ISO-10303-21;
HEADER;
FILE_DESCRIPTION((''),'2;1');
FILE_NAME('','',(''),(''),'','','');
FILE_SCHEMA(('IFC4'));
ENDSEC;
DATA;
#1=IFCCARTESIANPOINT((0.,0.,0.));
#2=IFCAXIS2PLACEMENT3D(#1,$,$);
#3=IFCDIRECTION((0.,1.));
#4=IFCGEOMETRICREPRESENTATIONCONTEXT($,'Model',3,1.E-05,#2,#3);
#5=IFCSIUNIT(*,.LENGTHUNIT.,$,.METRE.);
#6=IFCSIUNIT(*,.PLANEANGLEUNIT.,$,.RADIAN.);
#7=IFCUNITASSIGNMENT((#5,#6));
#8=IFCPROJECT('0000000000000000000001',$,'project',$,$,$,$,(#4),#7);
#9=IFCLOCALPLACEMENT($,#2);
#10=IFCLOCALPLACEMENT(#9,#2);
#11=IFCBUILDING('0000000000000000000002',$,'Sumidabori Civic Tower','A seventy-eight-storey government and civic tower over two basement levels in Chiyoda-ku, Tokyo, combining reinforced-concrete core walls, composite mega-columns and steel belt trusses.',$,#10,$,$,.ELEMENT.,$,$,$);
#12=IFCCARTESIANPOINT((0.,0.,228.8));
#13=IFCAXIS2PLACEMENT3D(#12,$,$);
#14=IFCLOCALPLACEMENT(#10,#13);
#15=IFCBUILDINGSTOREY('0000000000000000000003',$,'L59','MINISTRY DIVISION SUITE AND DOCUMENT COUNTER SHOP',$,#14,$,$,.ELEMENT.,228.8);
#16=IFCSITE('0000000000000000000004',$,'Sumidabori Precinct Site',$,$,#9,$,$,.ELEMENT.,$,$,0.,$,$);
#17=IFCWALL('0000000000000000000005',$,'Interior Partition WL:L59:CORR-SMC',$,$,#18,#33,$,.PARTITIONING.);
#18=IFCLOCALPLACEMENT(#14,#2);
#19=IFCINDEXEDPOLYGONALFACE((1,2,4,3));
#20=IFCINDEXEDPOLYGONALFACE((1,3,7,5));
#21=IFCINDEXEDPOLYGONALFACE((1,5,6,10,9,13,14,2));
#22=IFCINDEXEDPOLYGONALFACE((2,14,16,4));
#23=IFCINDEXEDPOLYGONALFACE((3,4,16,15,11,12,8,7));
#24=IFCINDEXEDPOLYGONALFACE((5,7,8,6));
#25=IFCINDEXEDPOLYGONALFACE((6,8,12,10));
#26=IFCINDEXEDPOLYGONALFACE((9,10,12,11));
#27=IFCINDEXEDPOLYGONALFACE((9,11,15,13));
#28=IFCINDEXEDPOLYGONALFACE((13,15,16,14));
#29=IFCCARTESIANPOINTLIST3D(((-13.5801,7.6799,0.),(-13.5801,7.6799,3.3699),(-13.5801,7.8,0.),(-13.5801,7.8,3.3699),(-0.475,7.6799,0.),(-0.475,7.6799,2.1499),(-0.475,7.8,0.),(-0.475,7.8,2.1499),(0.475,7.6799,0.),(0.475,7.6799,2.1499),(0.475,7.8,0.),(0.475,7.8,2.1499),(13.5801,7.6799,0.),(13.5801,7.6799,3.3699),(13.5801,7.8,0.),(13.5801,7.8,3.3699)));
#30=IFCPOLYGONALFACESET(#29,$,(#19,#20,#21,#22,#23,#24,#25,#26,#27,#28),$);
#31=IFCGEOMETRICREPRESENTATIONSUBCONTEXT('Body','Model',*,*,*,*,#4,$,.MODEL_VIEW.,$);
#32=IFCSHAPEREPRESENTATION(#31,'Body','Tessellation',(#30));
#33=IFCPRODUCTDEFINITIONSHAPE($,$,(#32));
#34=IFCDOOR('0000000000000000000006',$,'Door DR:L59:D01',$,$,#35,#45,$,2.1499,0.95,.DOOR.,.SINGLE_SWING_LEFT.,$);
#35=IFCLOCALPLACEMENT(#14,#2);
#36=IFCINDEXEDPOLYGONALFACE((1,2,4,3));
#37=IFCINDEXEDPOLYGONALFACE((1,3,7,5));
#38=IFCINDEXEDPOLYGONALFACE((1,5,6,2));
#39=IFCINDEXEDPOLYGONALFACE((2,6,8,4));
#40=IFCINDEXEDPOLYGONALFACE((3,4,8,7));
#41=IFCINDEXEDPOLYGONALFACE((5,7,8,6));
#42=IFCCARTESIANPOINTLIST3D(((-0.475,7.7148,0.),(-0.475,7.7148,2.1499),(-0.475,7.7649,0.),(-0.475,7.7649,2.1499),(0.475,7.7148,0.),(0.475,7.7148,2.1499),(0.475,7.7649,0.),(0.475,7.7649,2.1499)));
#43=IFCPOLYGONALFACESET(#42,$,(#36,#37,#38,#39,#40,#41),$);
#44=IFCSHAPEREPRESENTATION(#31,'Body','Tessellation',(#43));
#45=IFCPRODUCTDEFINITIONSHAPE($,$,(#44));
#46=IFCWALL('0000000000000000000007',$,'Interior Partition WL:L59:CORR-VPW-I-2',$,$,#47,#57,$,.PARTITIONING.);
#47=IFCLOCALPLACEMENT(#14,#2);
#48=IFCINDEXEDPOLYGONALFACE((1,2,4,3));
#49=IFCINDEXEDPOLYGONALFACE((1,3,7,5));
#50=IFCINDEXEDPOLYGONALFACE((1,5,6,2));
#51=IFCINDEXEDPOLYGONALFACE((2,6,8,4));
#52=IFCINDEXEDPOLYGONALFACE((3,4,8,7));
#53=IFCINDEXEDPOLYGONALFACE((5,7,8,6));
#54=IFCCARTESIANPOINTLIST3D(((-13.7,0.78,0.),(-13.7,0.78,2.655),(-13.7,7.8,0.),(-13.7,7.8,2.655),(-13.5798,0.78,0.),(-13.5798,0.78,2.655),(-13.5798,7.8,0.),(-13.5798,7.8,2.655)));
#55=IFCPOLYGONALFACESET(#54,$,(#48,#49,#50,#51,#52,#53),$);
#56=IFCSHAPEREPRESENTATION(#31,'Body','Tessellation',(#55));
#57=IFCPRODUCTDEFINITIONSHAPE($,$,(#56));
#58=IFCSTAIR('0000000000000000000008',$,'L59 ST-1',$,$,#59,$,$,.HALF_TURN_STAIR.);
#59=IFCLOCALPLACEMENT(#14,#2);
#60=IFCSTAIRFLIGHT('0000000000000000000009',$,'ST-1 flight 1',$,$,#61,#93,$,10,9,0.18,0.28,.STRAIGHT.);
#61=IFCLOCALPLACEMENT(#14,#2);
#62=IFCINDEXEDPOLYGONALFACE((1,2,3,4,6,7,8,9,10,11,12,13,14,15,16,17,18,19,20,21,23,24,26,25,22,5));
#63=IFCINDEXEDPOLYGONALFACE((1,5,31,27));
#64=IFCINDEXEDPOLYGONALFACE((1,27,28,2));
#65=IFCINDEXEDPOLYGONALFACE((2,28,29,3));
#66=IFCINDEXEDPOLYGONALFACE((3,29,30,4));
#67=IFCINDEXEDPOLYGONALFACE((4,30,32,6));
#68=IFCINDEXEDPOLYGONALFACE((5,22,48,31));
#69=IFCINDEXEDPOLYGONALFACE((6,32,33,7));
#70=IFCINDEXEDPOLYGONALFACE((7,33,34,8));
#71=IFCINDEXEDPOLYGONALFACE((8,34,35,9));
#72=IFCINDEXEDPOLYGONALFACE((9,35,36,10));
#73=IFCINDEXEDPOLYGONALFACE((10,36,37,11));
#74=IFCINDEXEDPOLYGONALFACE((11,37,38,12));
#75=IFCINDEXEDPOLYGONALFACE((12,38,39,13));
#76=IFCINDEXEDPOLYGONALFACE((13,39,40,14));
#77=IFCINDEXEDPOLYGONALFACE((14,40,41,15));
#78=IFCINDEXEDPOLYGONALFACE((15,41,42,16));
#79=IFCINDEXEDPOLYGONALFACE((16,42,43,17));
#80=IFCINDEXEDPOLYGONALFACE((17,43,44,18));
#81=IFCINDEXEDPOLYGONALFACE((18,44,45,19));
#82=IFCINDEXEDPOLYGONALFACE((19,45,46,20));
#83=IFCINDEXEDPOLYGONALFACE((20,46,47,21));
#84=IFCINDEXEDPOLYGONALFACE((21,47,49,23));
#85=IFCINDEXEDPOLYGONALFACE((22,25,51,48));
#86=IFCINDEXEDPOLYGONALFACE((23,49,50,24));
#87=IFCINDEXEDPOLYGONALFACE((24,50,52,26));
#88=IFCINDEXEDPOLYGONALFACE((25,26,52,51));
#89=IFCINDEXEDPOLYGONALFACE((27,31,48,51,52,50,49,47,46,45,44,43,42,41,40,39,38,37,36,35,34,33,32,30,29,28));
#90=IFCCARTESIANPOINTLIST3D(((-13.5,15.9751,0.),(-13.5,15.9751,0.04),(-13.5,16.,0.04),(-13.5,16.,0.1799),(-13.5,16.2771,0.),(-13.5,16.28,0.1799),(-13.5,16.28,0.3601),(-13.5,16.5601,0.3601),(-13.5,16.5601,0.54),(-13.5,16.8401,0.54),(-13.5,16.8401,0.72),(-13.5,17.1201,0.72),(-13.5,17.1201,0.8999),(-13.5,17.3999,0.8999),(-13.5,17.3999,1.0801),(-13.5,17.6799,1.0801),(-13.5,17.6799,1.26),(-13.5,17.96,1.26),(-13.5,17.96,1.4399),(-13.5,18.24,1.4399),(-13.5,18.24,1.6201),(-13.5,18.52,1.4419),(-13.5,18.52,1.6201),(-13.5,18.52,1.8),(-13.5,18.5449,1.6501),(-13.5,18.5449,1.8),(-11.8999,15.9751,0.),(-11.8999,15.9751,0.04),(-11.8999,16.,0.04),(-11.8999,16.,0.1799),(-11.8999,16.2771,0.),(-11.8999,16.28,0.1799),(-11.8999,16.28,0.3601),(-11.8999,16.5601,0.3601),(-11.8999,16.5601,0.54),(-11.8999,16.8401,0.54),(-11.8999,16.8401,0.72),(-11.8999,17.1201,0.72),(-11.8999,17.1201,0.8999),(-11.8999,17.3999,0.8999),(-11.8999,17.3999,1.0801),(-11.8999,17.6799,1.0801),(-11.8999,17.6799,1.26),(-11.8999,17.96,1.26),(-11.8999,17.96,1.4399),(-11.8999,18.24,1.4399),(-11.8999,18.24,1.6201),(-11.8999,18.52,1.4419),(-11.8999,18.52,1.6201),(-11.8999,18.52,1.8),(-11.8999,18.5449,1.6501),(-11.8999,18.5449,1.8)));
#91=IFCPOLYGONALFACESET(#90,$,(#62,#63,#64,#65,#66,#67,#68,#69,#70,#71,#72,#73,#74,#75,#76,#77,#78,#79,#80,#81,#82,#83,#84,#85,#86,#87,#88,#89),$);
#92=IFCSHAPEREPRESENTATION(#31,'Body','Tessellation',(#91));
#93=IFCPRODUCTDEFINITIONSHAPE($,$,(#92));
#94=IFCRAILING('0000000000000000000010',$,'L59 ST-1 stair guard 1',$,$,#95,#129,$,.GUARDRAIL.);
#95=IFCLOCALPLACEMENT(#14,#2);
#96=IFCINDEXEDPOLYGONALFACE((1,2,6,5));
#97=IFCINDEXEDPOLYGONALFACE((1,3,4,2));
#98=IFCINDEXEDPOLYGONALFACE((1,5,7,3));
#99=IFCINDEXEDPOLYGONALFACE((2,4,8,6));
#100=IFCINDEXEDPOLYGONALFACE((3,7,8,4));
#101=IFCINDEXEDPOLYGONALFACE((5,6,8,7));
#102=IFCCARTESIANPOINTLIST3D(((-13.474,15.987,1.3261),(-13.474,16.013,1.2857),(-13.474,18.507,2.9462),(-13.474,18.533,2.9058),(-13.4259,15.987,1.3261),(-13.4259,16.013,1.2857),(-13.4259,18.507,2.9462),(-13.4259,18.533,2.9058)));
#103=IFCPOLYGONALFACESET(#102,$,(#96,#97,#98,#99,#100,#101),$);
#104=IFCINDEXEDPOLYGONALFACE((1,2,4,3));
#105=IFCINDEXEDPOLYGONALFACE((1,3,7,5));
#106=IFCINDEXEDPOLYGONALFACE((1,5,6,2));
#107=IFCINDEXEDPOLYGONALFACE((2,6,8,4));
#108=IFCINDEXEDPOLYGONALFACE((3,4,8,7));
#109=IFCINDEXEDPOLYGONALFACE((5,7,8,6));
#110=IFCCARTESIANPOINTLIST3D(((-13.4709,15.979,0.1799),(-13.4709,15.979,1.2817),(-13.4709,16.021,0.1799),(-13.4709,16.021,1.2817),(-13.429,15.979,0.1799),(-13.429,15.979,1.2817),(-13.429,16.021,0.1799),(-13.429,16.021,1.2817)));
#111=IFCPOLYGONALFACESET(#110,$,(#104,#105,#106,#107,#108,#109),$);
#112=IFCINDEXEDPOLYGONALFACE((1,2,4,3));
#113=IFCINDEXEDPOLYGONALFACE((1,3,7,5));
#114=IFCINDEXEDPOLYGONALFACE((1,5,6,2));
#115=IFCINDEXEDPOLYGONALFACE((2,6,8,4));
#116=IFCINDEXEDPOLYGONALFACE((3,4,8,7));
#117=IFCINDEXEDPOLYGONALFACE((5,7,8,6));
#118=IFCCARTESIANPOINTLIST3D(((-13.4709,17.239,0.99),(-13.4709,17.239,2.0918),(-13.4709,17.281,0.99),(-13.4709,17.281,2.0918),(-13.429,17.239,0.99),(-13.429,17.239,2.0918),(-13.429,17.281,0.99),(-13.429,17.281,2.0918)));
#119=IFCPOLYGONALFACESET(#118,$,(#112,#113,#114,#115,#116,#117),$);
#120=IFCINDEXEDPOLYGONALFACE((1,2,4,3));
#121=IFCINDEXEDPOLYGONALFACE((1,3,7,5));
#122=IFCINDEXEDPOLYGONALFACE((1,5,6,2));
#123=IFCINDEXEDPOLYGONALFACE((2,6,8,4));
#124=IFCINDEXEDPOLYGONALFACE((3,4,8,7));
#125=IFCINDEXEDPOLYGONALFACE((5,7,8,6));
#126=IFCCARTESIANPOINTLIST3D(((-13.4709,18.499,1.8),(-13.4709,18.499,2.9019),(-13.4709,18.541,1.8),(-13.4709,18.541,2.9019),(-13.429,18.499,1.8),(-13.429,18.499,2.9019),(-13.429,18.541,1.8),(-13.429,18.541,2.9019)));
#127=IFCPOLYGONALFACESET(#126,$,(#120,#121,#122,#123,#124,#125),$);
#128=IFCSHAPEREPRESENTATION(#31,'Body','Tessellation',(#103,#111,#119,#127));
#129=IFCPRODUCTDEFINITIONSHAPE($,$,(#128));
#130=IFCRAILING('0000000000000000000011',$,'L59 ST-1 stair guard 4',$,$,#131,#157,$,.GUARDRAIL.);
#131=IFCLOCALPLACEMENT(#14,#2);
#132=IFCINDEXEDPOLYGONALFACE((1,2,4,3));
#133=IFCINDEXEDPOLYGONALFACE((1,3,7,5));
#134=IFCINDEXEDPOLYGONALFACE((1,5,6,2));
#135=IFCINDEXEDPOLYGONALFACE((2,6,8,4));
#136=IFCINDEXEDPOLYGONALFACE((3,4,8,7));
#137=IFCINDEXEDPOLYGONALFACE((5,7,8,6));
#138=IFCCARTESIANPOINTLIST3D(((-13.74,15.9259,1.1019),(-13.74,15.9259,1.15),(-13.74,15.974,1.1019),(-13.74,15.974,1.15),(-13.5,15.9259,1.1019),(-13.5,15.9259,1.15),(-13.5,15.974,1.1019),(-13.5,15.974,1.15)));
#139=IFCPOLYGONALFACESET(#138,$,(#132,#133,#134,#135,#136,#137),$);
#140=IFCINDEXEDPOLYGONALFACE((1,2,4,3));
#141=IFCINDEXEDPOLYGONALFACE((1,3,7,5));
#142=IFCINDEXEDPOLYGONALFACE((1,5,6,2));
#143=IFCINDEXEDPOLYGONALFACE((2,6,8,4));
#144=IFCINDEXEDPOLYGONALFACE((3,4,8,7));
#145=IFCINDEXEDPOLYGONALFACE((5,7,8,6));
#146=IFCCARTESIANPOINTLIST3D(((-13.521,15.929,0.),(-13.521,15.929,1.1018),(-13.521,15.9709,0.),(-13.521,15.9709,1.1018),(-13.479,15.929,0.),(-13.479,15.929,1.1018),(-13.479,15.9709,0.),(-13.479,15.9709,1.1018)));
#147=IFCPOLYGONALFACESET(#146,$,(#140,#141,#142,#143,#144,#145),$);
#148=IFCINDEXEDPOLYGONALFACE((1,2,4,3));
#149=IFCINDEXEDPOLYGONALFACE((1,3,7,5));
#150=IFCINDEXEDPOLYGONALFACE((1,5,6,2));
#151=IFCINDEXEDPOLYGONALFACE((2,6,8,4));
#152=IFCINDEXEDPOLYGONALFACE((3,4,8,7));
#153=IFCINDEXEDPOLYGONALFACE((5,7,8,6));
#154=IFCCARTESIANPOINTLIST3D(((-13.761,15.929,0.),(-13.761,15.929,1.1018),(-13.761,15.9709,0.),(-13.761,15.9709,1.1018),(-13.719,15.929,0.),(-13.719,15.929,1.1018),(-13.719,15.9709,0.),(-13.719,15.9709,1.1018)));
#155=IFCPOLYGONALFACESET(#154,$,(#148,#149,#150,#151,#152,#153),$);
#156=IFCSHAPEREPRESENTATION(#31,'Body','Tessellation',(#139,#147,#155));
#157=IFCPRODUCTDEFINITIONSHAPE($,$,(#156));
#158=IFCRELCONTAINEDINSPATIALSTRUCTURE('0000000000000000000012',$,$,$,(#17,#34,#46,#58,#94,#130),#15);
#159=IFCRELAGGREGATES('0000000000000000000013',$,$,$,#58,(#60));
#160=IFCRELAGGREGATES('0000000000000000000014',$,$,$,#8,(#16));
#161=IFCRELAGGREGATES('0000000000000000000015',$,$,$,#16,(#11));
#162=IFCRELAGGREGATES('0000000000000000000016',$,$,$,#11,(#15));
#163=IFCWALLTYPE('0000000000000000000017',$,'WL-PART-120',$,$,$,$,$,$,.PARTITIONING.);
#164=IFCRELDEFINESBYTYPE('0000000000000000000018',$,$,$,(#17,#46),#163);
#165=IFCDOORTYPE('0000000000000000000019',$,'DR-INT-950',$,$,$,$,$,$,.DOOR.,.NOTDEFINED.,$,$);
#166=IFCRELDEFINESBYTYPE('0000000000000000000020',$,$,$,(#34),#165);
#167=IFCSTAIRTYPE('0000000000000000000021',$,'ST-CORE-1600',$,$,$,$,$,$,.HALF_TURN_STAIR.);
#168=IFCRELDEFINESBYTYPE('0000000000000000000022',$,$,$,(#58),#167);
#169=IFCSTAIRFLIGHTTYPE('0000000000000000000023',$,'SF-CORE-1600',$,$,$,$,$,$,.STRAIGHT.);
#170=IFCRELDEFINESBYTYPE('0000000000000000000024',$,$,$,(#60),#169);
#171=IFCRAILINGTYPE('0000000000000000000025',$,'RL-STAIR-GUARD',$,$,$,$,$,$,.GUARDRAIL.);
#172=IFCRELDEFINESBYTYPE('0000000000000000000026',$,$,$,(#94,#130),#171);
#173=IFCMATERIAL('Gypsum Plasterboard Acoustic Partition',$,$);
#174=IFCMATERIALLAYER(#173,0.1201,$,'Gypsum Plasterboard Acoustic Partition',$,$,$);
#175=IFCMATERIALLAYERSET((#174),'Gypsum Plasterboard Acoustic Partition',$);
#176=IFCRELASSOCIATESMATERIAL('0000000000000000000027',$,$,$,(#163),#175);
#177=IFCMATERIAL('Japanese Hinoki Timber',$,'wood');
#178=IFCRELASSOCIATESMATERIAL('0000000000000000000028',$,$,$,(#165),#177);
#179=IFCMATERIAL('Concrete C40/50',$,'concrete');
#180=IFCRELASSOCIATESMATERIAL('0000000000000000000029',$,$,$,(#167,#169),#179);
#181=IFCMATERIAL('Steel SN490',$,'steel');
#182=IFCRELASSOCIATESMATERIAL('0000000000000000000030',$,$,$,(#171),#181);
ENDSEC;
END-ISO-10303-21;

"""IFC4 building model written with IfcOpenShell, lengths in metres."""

from ifc_helpers import new_model, si_unit, direction, frame, frame_2d, origin, origin_2d, place, context, subcontext, project, spatial, polyline, rectangle, outline, extrude, source, transform, mapped, material, layer, layer_set, type_object, element, fill, aggregate, save


model = new_model("IFC4")

# Units and contexts
model_context = context("Model", 3, precision=1e-05, world=origin(), true_north=direction((0.0, 1.0)))
body_context = subcontext(model_context, "Body", "Model", "MODEL_VIEW")
ifc_project = project(units=[si_unit("LENGTHUNIT", "METRE"), si_unit("PLANEANGLEUNIT", "RADIAN")], contexts=[model_context])

# Site, building, storey
site_placement = place(None, origin())
site = spatial("IfcSite", under=ifc_project, at=site_placement, Name="Sumidabori Precinct Site", CompositionType="ELEMENT", RefElevation=0.0)
building_placement = place(site_placement, origin())
building = spatial("IfcBuilding", under=site, at=building_placement, Name="Sumidabori Civic Tower", Description="A seventy-eight-storey government and civic tower over two basement levels in Chiyoda-ku, Tokyo, combining reinforced-concrete core walls, composite mega-columns and steel belt trusses.", CompositionType="ELEMENT")
storey_placement = place(building_placement, frame((0.0, 0.0, 228.8)))
storey = spatial("IfcBuildingStorey", under=building, at=storey_placement, Name="L59", Description="MINISTRY DIVISION SUITE AND DOCUMENT COUNTER SHOP", CompositionType="ELEMENT", Elevation=228.8)

# Shared definitions
ifc_material_1 = material(Name="Steel SN490", Category="steel")

# Shared definitions
ifc_material_2 = material(Name="Japanese Hinoki Timber", Category="wood")

# Wall, opening, door
ifc_material_3 = material(Name="Gypsum Plasterboard Acoustic Partition")
ifc_layer_1 = layer(ifc_material_3, 0.1201, Name="Gypsum Plasterboard Acoustic Partition")
ifc_layer_set_1 = layer_set([ifc_layer_1], Name="Gypsum Plasterboard Acoustic Partition")
wall_type_1 = type_object("IfcWallType", Name="WL-PART-120", PredefinedType="PARTITIONING", material=ifc_layer_set_1)
shared_shape_1 = source(origin(), body_context, "Body", "SweptSolid", [
    extrude(rectangle(XDim=27.1602, YDim=0.1201, at=frame_2d((13.5801, 0.0))), origin(), (0.0, 0.0, 1.0), 3.3699),
])
wall_1_placement = place(storey_placement, frame((-13.5801, 7.74, 0.0), z_axis=(0.0, 0.0, 1.0), x_axis=(1.0, 0.0, 0.0)))
wall_1 = element("IfcWall", 1, at=wall_1_placement, inside=storey, type_object=wall_type_1, Name="Interior Partition WL:L59:CORR-SMC", PredefinedType="PARTITIONING", context=body_context, shape_type="MappedRepresentation", body=[
    mapped(shared_shape_1, transform((0.0, 0.0, 0.0), x_axis=(1.0, 0.0, 0.0), y_axis=(0.0, 1.0, 0.0), z_axis=(0.0, 0.0, 1.0), scale=1.0)),
])
opening_1_placement = place(wall_1_placement, frame((13.105, 0.0, 0.0)))
opening_1 = element("IfcOpeningElement", 2, at=opening_1_placement, cuts=wall_1, PredefinedType="OPENING", context=body_context, shape_type="SweptSolid", body=[
    extrude(rectangle(XDim=0.95, YDim=2.1499, at=frame_2d((0.4751, 1.075))), frame((0.0, 0.072, 0.0), z_axis=(0.0, -1.0, 0.0), x_axis=(1.0, 0.0, 0.0)), (0.0, 0.0, 1.0), 0.144),
])
door_type_1 = type_object("IfcDoorType", Name="DR-INT-950", OperationType="NOTDEFINED", PredefinedType="DOOR", material=ifc_material_2)
shared_shape_2 = source(origin(), body_context, "Body", "SweptSolid", [
    extrude(rectangle(XDim=0.95, YDim=2.1499, at=frame_2d((0.4751, 1.075))), frame((0.0, 0.0249, 0.0), z_axis=(0.0, -1.0, 0.0), x_axis=(1.0, 0.0, 0.0)), (0.0, 0.0, 1.0), 0.05),
])
door_1_placement = place(opening_1_placement, origin())
door_1 = element("IfcDoor", 3, at=door_1_placement, inside=storey, type_object=door_type_1, Name="Door DR:L59:D01", OperationType="SINGLE_SWING_LEFT", OverallHeight=2.1499, OverallWidth=0.95, PredefinedType="DOOR", context=body_context, shape_type="MappedRepresentation", body=[
    mapped(shared_shape_2, transform((0.0, 0.0, 0.0), x_axis=(1.0, 0.0, 0.0), y_axis=(0.0, 1.0, 0.0), z_axis=(0.0, 0.0, 1.0), scale=1.0)),
])
fill(opening_1, door_1)

# Wall
shared_shape_3 = source(origin(), body_context, "Body", "SweptSolid", [
    extrude(rectangle(XDim=7.02, YDim=0.1201, at=frame_2d((3.51, 0.0))), origin(), (0.0, 0.0, 1.0), 2.655),
])
wall_2_placement = place(storey_placement, frame((-13.6399, 0.78, 0.0), z_axis=(0.0, 0.0, 1.0), x_axis=(0.0, 1.0, 0.0)))
element("IfcWall", 4, at=wall_2_placement, inside=storey, type_object=wall_type_1, Name="Interior Partition WL:L59:CORR-VPW-I-2", PredefinedType="PARTITIONING", context=body_context, shape_type="MappedRepresentation", body=[
    mapped(shared_shape_3, transform((0.0, 0.0, 0.0), x_axis=(1.0, 0.0, 0.0), y_axis=(0.0, 1.0, 0.0), z_axis=(0.0, 0.0, 1.0), scale=1.0)),
])

# Stair, stair flight
ifc_material_4 = material(Name="Concrete C40/50", Category="concrete")
stair_type = type_object("IfcStairType", Name="ST-CORE-1600", PredefinedType="HALF_TURN_STAIR", material=ifc_material_4)
stair_placement = place(storey_placement, origin())
stair = element("IfcStair", 5, at=stair_placement, inside=storey, type_object=stair_type, Name="L59 ST-1", PredefinedType="HALF_TURN_STAIR")
stair_flight_type = type_object("IfcStairFlightType", Name="SF-CORE-1600", PredefinedType="STRAIGHT", material=ifc_material_4)
shared_shape_4 = source(origin(), body_context, "Body", "SweptSolid", [
    extrude(outline(polyline([(-0.0249, 0.0), (-0.0249, 0.04), (0.0, 0.04), (0.0, 0.1799), (0.28, 0.1799), (0.28, 0.3601), (0.5601, 0.3601), (0.5601, 0.54), (0.8401, 0.54), (0.8401, 0.72), (1.1201, 0.72), (1.1201, 0.8999), (1.3999, 0.8999), (1.3999, 1.0801), (1.6799, 1.0801), (1.6799, 1.26), (1.96, 1.26), (1.96, 1.4399), (2.24, 1.4399), (2.24, 1.6201), (2.52, 1.6201), (2.52, 1.8), (2.5449, 1.8), (2.5449, 1.6501), (2.52, 1.4419), (0.2771, 0.0), (-0.0249, 0.0)])), frame((0.0, 0.8, 0.0), z_axis=(0.0, -1.0, 0.0), x_axis=(1.0, 0.0, 0.0)), (0.0, 0.0, 1.0), 1.6001),
])
stair_flight_placement = place(storey_placement, frame((-12.7, 16.0, 0.0), z_axis=(0.0, 0.0, 1.0), x_axis=(0.0, 1.0, 0.0)))
stair_flight = element("IfcStairFlight", 6, at=stair_flight_placement, type_object=stair_flight_type, Name="ST-1 flight 1", NumberOfRisers=10, NumberOfTreads=9, PredefinedType="STRAIGHT", RiserHeight=0.18, TreadLength=0.28, context=body_context, shape_type="MappedRepresentation", body=[
    mapped(shared_shape_4, transform((0.0, 0.0, 0.0), x_axis=(1.0, 0.0, 0.0), y_axis=(0.0, 1.0, 0.0), z_axis=(0.0, 0.0, 1.0), scale=1.0)),
])
aggregate(stair, [stair_flight])

# Railings
railing_type = type_object("IfcRailingType", Name="RL-STAIR-GUARD", PredefinedType="GUARDRAIL", material=ifc_material_1)
railing_1_placement = place(storey_placement, frame((-13.45, 16.0, 0.1799)))
element("IfcRailing", 7, at=railing_1_placement, inside=storey, type_object=railing_type, Name="L59 ST-1 stair guard 1", PredefinedType="GUARDRAIL", context=body_context, shape_type="SweptSolid", body=[
    extrude(rectangle(XDim=0.0481, YDim=0.0481, at=origin_2d()), frame((0.0, 0.0, 1.126), z_axis=(0.0, 0.841163, 0.540782), x_axis=(-1.0, 0.0, 0.0)), (0.0, 0.0, 1.0), 2.9958),
    extrude(rectangle(XDim=0.042, YDim=0.042, at=origin_2d()), origin(), (0.0, 0.0, 1.0), 1.1018),
    extrude(rectangle(XDim=0.042, YDim=0.042, at=origin_2d()), frame((0.0, 1.26, 0.8101)), (0.0, 0.0, 1.0), 1.1018),
    extrude(rectangle(XDim=0.042, YDim=0.042, at=origin_2d()), frame((0.0, 2.52, 1.6201)), (0.0, 0.0, 1.0), 1.1018),
])
railing_2_placement = place(storey_placement, frame((-13.5, 15.95, 0.0)))
element("IfcRailing", 8, at=railing_2_placement, inside=storey, type_object=railing_type, Name="L59 ST-1 stair guard 4", PredefinedType="GUARDRAIL", context=body_context, shape_type="SweptSolid", body=[
    extrude(rectangle(XDim=0.0481, YDim=0.0481, at=origin_2d()), frame((0.0, 0.0, 1.126), z_axis=(-1.0, 0.0, 0.0), x_axis=(0.0, -1.0, 0.0)), (0.0, 0.0, 1.0), 0.24),
    extrude(rectangle(XDim=0.042, YDim=0.042, at=origin_2d()), origin(), (0.0, 0.0, 1.0), 1.1018),
    extrude(rectangle(XDim=0.042, YDim=0.042, at=origin_2d()), frame((-0.24, 0.0, 0.0)), (0.0, 0.0, 1.0), 1.1018),
])

save(model, "model.ifc")
